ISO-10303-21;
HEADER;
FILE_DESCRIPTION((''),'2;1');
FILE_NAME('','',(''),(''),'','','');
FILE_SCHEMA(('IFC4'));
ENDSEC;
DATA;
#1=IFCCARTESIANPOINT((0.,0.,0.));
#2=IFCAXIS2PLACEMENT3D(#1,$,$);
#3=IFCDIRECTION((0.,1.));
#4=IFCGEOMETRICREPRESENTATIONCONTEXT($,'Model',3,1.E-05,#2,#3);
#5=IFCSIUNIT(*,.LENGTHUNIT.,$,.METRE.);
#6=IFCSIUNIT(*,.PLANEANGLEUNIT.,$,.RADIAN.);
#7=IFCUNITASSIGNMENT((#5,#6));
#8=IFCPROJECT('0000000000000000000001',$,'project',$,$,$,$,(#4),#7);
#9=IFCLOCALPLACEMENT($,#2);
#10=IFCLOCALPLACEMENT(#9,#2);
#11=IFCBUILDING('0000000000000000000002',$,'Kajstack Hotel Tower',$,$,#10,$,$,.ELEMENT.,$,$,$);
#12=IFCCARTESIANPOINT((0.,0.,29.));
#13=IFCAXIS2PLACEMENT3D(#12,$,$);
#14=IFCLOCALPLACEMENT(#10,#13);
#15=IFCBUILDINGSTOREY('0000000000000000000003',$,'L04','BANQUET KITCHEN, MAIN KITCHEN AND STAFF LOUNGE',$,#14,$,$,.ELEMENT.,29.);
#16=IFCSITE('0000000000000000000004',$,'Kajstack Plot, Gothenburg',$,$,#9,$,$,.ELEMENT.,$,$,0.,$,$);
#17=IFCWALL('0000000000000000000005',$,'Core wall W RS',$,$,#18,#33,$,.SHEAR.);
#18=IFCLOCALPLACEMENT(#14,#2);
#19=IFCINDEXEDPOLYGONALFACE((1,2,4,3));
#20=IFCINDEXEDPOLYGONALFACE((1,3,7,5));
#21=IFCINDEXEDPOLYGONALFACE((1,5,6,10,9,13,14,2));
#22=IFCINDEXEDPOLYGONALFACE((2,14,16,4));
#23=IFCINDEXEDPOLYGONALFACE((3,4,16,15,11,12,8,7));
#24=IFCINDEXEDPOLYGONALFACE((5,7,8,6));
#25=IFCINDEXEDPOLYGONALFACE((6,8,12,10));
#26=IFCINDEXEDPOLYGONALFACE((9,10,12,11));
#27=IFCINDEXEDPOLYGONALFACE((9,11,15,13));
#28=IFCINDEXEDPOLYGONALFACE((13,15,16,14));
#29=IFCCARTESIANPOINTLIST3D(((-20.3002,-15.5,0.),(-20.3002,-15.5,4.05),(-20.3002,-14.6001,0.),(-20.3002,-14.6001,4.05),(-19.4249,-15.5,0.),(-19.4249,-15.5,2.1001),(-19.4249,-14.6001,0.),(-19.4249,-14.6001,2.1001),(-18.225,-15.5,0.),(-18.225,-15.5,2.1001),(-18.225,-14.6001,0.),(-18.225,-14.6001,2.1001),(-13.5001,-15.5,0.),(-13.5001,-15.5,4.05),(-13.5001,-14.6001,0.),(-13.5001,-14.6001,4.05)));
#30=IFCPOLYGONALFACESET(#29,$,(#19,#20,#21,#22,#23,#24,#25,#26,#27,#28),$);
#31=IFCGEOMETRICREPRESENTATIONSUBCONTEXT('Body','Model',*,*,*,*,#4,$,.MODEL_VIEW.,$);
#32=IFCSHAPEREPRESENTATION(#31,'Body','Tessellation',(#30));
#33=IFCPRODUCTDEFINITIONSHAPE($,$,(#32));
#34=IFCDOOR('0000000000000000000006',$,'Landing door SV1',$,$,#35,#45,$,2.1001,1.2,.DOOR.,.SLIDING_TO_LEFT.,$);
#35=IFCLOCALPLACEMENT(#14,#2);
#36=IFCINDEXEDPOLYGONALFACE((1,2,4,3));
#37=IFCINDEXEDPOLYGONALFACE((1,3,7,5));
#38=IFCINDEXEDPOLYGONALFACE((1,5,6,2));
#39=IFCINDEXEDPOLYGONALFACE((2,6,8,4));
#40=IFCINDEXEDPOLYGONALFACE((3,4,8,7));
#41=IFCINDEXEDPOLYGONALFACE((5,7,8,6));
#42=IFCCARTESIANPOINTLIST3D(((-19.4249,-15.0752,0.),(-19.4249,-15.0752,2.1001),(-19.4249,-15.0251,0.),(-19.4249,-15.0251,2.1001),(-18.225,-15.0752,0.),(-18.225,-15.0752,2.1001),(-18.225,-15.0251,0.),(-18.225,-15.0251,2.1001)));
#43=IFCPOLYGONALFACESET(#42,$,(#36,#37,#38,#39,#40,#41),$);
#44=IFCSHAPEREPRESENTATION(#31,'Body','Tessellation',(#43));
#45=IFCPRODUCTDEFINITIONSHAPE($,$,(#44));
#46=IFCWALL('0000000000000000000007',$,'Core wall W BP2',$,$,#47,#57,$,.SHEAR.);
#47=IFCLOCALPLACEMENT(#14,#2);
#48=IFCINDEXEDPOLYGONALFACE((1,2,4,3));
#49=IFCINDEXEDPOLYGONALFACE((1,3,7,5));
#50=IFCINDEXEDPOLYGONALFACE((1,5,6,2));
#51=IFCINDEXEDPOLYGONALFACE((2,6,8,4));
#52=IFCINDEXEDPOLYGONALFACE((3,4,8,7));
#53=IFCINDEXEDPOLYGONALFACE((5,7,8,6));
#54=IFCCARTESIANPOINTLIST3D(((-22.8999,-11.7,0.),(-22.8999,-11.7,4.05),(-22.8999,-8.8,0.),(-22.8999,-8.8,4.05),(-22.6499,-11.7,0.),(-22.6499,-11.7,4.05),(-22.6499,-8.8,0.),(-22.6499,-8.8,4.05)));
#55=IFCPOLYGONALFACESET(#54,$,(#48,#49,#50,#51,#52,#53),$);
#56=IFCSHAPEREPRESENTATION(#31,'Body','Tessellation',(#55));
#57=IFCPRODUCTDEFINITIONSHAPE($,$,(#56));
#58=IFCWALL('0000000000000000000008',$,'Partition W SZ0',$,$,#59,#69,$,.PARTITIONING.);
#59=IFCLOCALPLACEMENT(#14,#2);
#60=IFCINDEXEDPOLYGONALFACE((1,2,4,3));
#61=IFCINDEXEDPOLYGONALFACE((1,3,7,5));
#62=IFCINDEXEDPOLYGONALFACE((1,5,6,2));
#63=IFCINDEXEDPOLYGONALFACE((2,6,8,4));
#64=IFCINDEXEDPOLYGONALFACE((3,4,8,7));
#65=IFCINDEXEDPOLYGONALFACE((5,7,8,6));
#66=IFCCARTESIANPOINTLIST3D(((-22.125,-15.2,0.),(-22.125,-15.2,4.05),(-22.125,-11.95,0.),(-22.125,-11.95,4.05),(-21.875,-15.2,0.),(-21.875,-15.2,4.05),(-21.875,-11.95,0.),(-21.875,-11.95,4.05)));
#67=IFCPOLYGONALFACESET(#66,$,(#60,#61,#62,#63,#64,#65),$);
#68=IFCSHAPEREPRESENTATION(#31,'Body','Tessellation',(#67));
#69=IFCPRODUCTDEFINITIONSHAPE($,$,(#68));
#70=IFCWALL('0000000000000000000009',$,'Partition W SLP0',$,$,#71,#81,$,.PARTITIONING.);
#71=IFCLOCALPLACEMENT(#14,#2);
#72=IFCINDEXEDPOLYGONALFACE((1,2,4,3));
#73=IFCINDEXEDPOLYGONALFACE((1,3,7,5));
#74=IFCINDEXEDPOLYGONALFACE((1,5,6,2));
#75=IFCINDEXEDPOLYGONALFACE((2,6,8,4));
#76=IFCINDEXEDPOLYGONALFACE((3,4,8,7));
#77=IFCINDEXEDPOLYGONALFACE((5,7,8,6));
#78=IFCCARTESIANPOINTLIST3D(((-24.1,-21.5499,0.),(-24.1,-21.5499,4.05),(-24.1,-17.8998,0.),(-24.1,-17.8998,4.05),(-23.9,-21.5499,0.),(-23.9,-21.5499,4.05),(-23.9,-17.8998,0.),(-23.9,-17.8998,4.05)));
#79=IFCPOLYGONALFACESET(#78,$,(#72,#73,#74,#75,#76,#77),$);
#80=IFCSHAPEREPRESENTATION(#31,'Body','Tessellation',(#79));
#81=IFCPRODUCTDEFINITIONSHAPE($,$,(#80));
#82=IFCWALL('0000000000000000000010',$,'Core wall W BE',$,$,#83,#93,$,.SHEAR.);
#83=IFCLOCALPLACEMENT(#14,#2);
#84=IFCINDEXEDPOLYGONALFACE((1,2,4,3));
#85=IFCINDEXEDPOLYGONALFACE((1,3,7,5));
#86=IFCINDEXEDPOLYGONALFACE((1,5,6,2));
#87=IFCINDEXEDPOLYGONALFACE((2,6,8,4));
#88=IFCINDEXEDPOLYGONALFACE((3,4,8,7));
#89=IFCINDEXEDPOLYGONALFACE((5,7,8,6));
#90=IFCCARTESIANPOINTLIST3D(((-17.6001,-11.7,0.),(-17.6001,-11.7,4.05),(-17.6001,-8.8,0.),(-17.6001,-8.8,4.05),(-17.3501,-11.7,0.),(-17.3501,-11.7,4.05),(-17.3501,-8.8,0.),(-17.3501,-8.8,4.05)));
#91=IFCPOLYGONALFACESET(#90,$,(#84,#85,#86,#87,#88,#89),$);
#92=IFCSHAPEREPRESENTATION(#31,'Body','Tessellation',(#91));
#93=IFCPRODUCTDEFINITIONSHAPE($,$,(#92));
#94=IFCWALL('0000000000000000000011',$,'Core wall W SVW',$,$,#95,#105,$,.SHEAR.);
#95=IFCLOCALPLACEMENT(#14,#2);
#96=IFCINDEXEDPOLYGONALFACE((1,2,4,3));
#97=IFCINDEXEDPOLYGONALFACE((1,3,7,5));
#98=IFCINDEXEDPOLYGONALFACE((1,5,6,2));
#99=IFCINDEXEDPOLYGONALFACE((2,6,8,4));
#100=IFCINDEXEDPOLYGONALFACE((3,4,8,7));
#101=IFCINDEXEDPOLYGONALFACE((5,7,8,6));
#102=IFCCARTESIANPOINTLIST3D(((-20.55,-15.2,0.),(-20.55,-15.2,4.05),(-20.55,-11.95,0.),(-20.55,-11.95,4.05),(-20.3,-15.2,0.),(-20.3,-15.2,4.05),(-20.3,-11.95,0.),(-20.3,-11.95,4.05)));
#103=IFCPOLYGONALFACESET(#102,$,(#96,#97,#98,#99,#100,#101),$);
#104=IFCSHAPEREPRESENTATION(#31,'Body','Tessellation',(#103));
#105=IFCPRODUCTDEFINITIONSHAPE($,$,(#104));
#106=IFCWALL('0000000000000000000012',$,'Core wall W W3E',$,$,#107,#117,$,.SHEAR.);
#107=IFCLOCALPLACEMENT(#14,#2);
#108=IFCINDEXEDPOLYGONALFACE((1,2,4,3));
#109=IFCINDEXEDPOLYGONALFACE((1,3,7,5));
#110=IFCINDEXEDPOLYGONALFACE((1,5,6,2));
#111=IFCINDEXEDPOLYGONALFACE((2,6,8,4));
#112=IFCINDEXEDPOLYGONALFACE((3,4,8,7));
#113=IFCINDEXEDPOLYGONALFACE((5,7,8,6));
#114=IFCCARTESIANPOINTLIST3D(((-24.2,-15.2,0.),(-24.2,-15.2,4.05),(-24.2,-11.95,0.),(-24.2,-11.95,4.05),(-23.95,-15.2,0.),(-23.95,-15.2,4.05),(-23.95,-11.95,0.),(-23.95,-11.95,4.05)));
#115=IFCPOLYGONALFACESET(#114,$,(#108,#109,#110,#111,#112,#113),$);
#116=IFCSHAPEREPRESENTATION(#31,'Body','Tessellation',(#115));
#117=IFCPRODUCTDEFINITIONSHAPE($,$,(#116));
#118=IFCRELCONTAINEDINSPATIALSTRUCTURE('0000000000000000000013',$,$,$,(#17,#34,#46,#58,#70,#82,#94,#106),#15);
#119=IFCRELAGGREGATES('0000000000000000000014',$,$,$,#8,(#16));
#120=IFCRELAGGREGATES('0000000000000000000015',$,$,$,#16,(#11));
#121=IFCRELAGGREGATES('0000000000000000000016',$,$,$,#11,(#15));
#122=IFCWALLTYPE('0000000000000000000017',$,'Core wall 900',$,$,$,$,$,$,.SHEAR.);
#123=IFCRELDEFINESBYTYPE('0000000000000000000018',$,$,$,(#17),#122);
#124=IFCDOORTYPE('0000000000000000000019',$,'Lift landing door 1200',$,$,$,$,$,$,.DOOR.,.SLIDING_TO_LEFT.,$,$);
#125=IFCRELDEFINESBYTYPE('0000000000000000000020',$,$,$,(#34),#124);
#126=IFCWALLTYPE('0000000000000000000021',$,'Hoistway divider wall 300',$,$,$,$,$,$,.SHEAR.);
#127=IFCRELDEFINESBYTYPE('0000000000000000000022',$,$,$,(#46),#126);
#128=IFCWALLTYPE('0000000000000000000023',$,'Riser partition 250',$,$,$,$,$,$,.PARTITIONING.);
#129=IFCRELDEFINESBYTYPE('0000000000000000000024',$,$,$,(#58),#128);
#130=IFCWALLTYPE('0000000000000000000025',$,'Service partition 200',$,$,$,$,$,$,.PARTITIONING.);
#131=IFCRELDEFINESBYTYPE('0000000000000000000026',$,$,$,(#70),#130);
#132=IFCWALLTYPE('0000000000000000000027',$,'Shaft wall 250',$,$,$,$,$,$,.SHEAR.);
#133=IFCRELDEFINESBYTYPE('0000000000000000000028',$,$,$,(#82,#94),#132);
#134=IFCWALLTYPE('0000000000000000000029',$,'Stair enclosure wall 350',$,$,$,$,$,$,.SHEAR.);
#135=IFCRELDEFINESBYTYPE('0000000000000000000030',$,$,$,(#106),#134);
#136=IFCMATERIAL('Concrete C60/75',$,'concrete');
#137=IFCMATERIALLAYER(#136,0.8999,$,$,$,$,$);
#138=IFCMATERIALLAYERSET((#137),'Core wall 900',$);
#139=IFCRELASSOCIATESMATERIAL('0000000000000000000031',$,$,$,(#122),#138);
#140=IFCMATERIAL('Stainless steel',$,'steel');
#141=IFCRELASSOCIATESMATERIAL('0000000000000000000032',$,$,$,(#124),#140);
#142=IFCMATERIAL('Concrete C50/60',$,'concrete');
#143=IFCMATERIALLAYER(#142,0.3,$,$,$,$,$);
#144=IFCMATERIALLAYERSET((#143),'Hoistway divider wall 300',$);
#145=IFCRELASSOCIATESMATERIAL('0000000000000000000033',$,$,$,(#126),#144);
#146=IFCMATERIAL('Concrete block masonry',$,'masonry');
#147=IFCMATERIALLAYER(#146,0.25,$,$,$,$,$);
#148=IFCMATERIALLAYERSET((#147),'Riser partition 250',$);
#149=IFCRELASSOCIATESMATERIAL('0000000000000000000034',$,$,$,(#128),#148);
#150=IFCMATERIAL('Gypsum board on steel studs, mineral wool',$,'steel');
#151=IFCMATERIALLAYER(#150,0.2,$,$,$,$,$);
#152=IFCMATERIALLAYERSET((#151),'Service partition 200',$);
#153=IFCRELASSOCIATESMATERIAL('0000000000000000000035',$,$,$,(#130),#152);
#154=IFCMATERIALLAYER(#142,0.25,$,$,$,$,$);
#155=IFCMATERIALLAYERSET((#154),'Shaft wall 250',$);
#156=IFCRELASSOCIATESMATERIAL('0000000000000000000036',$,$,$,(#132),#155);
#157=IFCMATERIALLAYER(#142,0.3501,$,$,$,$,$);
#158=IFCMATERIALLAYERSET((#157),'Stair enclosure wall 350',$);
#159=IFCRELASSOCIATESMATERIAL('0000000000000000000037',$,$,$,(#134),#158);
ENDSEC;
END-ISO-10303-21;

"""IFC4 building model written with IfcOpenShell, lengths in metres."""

from ifc_helpers import new_model, si_unit, direction, frame, frame_2d, origin, place, context, subcontext, project, spatial, rectangle, extrude, material, layer, layer_set, type_object, element, fill, save


model = new_model("IFC4")

# Units and contexts
model_context = context("Model", 3, precision=1e-05, world=origin(), true_north=direction((0.0, 1.0)))
body_context = subcontext(model_context, "Body", "Model", "MODEL_VIEW")
ifc_project = project(units=[si_unit("LENGTHUNIT", "METRE"), si_unit("PLANEANGLEUNIT", "RADIAN")], contexts=[model_context])

# Site, building, storey
site_placement = place(None, origin())
site = spatial("IfcSite", under=ifc_project, at=site_placement, Name="Kajstack Plot, Gothenburg", CompositionType="ELEMENT", RefElevation=0.0)
building_placement = place(site_placement, origin())
building = spatial("IfcBuilding", under=site, at=building_placement, Name="Kajstack Hotel Tower", CompositionType="ELEMENT")
storey_placement = place(building_placement, frame((0.0, 0.0, 29.0)))
storey = spatial("IfcBuildingStorey", under=building, at=storey_placement, Name="L04", Description="BANQUET KITCHEN, MAIN KITCHEN AND STAFF LOUNGE", CompositionType="ELEMENT", Elevation=29.0)

# Wall, opening, door
ifc_material_1 = material(Name="Concrete C60/75", Category="concrete")
ifc_layer_1 = layer(ifc_material_1, 0.8999)
ifc_layer_set_1 = layer_set([ifc_layer_1], Name="Core wall 900")
wall_type_1 = type_object("IfcWallType", Name="Core wall 900", PredefinedType="SHEAR", material=ifc_layer_set_1)
wall_1_placement = place(storey_placement, frame((-20.3, -15.05, 0.0), z_axis=(0.0, 0.0, 1.0), x_axis=(1.0, 0.0, 0.0)))
wall_1 = element("IfcWall", 1, at=wall_1_placement, inside=storey, type_object=wall_type_1, Name="Core wall W RS", PredefinedType="SHEAR", context=body_context, shape_type="SweptSolid", body=[
    extrude(rectangle(XDim=6.8, YDim=0.8999, at=frame_2d((3.3999, 0.0))), origin(), (0.0, 0.0, 1.0), 4.05),
])
opening_placement = place(wall_1_placement, frame((0.875, 0.0, 0.0)))
opening = element("IfcOpeningElement", 2, at=opening_placement, cuts=wall_1, PredefinedType="OPENING", context=body_context, shape_type="SweptSolid", body=[
    extrude(rectangle(XDim=1.2, YDim=2.1001, at=frame_2d((0.6001, 1.05))), frame((0.0, 0.46, 0.0), z_axis=(0.0, -1.0, 0.0), x_axis=(1.0, 0.0, 0.0)), (0.0, 0.0, 1.0), 0.9199),
])
ifc_material_2 = material(Name="Stainless steel", Category="steel")
door_type = type_object("IfcDoorType", Name="Lift landing door 1200", OperationType="SLIDING_TO_LEFT", PredefinedType="DOOR", material=ifc_material_2)
door_placement = place(opening_placement, origin())
door = element("IfcDoor", 3, at=door_placement, inside=storey, type_object=door_type, Name="Landing door SV1", OperationType="SLIDING_TO_LEFT", OverallHeight=2.1001, OverallWidth=1.2, PredefinedType="DOOR", context=body_context, shape_type="SweptSolid", body=[
    extrude(rectangle(XDim=1.2, YDim=2.1001, at=frame_2d((0.6001, 1.05))), frame((0.0, 0.0249, 0.0), z_axis=(0.0, -1.0, 0.0), x_axis=(1.0, 0.0, 0.0)), (0.0, 0.0, 1.0), 0.05),
])
fill(opening, door)

# Walls
ifc_material_3 = material(Name="Concrete C50/60", Category="concrete")
ifc_layer_2 = layer(ifc_material_3, 0.3)
ifc_layer_set_2 = layer_set([ifc_layer_2], Name="Hoistway divider wall 300")
wall_type_2 = type_object("IfcWallType", Name="Hoistway divider wall 300", PredefinedType="SHEAR", material=ifc_layer_set_2)
wall_2_placement = place(storey_placement, frame((-22.7749, -11.7, 0.0), z_axis=(0.0, 0.0, 1.0), x_axis=(0.0, 1.0, 0.0)))
element("IfcWall", 4, at=wall_2_placement, inside=storey, type_object=wall_type_2, Name="Core wall W BP2", PredefinedType="SHEAR", context=body_context, shape_type="SweptSolid", body=[
    extrude(rectangle(XDim=2.8999, YDim=0.25, at=frame_2d((1.45, 0.0))), origin(), (0.0, 0.0, 1.0), 4.05),
])
ifc_material_4 = material(Name="Concrete block masonry", Category="masonry")
ifc_layer_3 = layer(ifc_material_4, 0.25)
ifc_layer_set_3 = layer_set([ifc_layer_3], Name="Riser partition 250")
wall_type_3 = type_object("IfcWallType", Name="Riser partition 250", PredefinedType="PARTITIONING", material=ifc_layer_set_3)
wall_3_placement = place(storey_placement, frame((-22.0, -15.2, 0.0), z_axis=(0.0, 0.0, 1.0), x_axis=(0.0, 1.0, 0.0)))
element("IfcWall", 5, at=wall_3_placement, inside=storey, type_object=wall_type_3, Name="Partition W SZ0", PredefinedType="PARTITIONING", context=body_context, shape_type="SweptSolid", body=[
    extrude(rectangle(XDim=3.25, YDim=0.25, at=frame_2d((1.625, 0.0))), origin(), (0.0, 0.0, 1.0), 4.05),
])
ifc_material_5 = material(Name="Gypsum board on steel studs, mineral wool", Category="steel")
ifc_layer_4 = layer(ifc_material_5, 0.2)
ifc_layer_set_4 = layer_set([ifc_layer_4], Name="Service partition 200")
wall_type_4 = type_object("IfcWallType", Name="Service partition 200", PredefinedType="PARTITIONING", material=ifc_layer_set_4)
wall_4_placement = place(storey_placement, frame((-24.0, -21.55, 0.0), z_axis=(0.0, 0.0, 1.0), x_axis=(0.0, 1.0, 0.0)))
element("IfcWall", 6, at=wall_4_placement, inside=storey, type_object=wall_type_4, Name="Partition W SLP0", PredefinedType="PARTITIONING", context=body_context, shape_type="SweptSolid", body=[
    extrude(rectangle(XDim=3.6501, YDim=0.2, at=frame_2d((1.8252, 0.0))), origin(), (0.0, 0.0, 1.0), 4.05),
])
ifc_layer_5 = layer(ifc_material_3, 0.25)
ifc_layer_set_5 = layer_set([ifc_layer_5], Name="Shaft wall 250")
wall_type_5 = type_object("IfcWallType", Name="Shaft wall 250", PredefinedType="SHEAR", material=ifc_layer_set_5)
wall_5_placement = place(storey_placement, frame((-17.4751, -11.7, 0.0), z_axis=(0.0, 0.0, 1.0), x_axis=(0.0, 1.0, 0.0)))
element("IfcWall", 7, at=wall_5_placement, inside=storey, type_object=wall_type_5, Name="Core wall W BE", PredefinedType="SHEAR", context=body_context, shape_type="SweptSolid", body=[
    extrude(rectangle(XDim=2.8999, YDim=0.25, at=frame_2d((1.45, 0.0))), origin(), (0.0, 0.0, 1.0), 4.05),
])
wall_6_placement = place(storey_placement, frame((-20.425, -15.2, 0.0), z_axis=(0.0, 0.0, 1.0), x_axis=(0.0, 1.0, 0.0)))
element("IfcWall", 8, at=wall_6_placement, inside=storey, type_object=wall_type_5, Name="Core wall W SVW", PredefinedType="SHEAR", context=body_context, shape_type="SweptSolid", body=[
    extrude(rectangle(XDim=3.25, YDim=0.25, at=frame_2d((1.625, 0.0))), origin(), (0.0, 0.0, 1.0), 4.05),
])
ifc_layer_6 = layer(ifc_material_3, 0.3501)
ifc_layer_set_6 = layer_set([ifc_layer_6], Name="Stair enclosure wall 350")
wall_type_6 = type_object("IfcWallType", Name="Stair enclosure wall 350", PredefinedType="SHEAR", material=ifc_layer_set_6)
wall_7_placement = place(storey_placement, frame((-24.075, -15.2, 0.0), z_axis=(0.0, 0.0, 1.0), x_axis=(0.0, 1.0, 0.0)))
element("IfcWall", 9, at=wall_7_placement, inside=storey, type_object=wall_type_6, Name="Core wall W W3E", PredefinedType="SHEAR", context=body_context, shape_type="SweptSolid", body=[
    extrude(rectangle(XDim=3.25, YDim=0.25, at=frame_2d((1.625, 0.0))), origin(), (0.0, 0.0, 1.0), 4.05),
])

save(model, "model.ifc")
